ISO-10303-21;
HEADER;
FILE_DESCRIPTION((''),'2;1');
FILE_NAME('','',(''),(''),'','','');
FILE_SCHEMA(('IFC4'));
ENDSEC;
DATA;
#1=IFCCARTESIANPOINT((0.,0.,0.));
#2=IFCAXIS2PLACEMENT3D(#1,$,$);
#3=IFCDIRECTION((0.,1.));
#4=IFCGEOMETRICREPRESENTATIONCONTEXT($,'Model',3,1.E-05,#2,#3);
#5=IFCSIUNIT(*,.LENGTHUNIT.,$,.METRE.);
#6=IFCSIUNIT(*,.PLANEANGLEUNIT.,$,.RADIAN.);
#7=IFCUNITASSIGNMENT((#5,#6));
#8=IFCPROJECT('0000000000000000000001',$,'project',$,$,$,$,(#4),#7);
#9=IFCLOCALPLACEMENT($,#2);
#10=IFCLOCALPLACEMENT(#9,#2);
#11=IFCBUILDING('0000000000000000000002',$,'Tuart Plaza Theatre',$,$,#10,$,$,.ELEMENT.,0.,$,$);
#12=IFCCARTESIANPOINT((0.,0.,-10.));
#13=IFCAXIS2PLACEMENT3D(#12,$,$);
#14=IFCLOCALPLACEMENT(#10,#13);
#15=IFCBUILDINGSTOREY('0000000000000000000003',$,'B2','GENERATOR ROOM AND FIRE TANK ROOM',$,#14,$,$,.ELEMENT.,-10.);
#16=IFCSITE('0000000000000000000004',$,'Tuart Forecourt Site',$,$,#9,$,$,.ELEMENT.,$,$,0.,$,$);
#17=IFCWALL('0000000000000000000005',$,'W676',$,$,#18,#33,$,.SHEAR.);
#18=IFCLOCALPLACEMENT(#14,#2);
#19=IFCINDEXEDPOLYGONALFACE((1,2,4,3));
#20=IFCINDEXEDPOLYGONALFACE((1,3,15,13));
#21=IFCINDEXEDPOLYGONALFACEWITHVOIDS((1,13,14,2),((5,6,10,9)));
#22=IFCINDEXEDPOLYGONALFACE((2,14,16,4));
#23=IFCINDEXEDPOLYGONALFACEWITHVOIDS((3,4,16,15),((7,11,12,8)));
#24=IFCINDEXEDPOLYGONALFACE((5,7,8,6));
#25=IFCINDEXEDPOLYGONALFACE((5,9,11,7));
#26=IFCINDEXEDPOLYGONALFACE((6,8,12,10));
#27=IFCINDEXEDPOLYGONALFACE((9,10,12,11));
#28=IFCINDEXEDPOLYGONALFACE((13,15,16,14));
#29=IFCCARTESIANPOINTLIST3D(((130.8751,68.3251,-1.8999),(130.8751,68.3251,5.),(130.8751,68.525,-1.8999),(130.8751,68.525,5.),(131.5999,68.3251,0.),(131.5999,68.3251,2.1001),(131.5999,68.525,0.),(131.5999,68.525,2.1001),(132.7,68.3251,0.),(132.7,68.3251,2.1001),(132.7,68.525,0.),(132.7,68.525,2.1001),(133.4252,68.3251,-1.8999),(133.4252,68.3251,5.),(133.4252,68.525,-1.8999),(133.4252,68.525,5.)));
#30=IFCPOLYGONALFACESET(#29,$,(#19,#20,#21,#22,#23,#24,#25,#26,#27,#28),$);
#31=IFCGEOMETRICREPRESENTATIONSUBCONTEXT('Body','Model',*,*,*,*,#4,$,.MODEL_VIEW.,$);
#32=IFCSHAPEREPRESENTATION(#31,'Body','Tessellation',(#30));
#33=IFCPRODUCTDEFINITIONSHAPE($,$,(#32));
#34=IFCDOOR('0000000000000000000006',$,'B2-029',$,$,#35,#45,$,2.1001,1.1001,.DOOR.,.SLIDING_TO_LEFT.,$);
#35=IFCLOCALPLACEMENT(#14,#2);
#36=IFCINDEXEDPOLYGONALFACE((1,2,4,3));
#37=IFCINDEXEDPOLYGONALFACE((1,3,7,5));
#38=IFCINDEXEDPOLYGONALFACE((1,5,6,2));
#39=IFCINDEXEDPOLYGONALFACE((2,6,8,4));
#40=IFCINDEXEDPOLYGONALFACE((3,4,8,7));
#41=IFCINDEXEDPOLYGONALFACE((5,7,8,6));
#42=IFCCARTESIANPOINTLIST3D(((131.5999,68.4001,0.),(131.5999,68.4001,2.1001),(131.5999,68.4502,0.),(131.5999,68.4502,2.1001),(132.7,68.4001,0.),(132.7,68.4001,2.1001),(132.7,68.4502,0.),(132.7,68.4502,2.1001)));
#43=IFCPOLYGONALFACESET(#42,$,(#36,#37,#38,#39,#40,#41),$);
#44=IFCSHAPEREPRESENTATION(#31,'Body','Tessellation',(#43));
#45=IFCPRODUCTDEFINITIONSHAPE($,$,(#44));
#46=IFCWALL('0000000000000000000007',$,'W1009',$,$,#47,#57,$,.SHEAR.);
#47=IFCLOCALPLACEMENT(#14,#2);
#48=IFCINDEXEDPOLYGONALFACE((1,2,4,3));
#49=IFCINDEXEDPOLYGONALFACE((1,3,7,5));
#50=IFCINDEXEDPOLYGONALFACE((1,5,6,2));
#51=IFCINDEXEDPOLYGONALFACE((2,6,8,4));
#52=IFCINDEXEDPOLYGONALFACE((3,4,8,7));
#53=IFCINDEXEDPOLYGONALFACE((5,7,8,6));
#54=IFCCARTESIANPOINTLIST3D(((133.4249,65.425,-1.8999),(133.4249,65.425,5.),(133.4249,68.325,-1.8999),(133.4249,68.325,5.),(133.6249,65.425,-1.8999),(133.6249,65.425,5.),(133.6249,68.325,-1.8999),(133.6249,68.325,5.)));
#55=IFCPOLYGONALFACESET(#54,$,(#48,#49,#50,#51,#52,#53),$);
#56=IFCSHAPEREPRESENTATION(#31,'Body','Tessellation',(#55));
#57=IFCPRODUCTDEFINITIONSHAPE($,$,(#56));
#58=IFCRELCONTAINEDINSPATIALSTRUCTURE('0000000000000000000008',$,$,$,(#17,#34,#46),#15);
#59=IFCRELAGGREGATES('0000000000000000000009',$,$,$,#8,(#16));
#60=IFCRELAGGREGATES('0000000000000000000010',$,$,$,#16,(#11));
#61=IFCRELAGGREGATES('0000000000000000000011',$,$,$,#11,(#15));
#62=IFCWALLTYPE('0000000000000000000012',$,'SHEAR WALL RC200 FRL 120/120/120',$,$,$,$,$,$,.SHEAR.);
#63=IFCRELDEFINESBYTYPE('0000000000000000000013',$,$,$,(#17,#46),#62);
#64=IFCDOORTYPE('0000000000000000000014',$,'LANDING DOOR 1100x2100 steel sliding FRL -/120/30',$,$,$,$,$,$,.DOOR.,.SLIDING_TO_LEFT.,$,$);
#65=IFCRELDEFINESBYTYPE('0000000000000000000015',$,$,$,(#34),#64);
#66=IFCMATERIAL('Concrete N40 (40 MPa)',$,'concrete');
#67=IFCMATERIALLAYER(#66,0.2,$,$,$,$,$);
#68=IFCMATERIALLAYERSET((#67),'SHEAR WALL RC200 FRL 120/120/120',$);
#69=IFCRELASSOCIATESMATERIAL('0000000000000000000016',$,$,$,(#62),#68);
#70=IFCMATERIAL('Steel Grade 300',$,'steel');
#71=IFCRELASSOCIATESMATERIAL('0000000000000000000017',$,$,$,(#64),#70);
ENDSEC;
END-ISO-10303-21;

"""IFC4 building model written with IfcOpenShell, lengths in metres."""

from ifc_helpers import new_model, si_unit, direction, frame, frame_2d, origin, place, context, subcontext, project, spatial, rectangle, extrude, material, layer, layer_set, type_object, element, fill, save


model = new_model("IFC4")

# Units and contexts
model_context = context("Model", 3, precision=1e-05, world=origin(), true_north=direction((0.0, 1.0)))
body_context = subcontext(model_context, "Body", "Model", "MODEL_VIEW")
ifc_project = project(units=[si_unit("LENGTHUNIT", "METRE"), si_unit("PLANEANGLEUNIT", "RADIAN")], contexts=[model_context])

# Site, building, storey
site_placement = place(None, origin())
site = spatial("IfcSite", under=ifc_project, at=site_placement, Name="Tuart Forecourt Site", CompositionType="ELEMENT", RefElevation=0.0)
building_placement = place(site_placement, origin())
building = spatial("IfcBuilding", under=site, at=building_placement, Name="Tuart Plaza Theatre", CompositionType="ELEMENT", ElevationOfRefHeight=0.0)
storey_placement = place(building_placement, frame((0.0, 0.0, -10.0)))
storey = spatial("IfcBuildingStorey", under=building, at=storey_placement, Name="B2", Description="GENERATOR ROOM AND FIRE TANK ROOM", CompositionType="ELEMENT", Elevation=-10.0)

# Wall, opening, door
ifc_material_1 = material(Name="Concrete N40 (40 MPa)", Category="concrete")
ifc_layer_1 = layer(ifc_material_1, 0.2)
ifc_layer_set_1 = layer_set([ifc_layer_1], Name="SHEAR WALL RC200 FRL 120/120/120")
wall_type_1 = type_object("IfcWallType", Name="SHEAR WALL RC200 FRL 120/120/120", PredefinedType="SHEAR", material=ifc_layer_set_1)
ifc_material_2 = material(Name="Steel Grade 300", Category="steel")
door_type_1 = type_object("IfcDoorType", Name="LANDING DOOR 1100x2100 steel sliding FRL -/120/30", OperationType="SLIDING_TO_LEFT", PredefinedType="DOOR", material=ifc_material_2)
wall_1_placement = place(storey_placement, frame((133.425, 68.425, -1.8999), z_axis=(0.0, 0.0, 1.0), x_axis=(-1.0, 0.0, 0.0)))
wall_1 = element("IfcWall", 1, at=wall_1_placement, inside=storey, type_object=wall_type_1, Name="W676", PredefinedType="SHEAR", context=body_context, shape_type="SweptSolid", body=[
    extrude(rectangle(XDim=2.55, YDim=0.2, at=frame_2d((1.2749, 0.0))), origin(), (0.0, 0.0, 1.0), 6.8999),
])
opening_1_placement = place(wall_1_placement, frame((0.7251, 0.0, 1.8999)))
opening_1 = element("IfcOpeningElement", 2, at=opening_1_placement, cuts=wall_1, PredefinedType="OPENING", context=body_context, shape_type="SweptSolid", body=[
    extrude(rectangle(XDim=1.1001, YDim=2.1001, at=frame_2d((0.55, 1.05))), frame((0.0, 0.1099, 0.0), z_axis=(0.0, -1.0, 0.0), x_axis=(1.0, 0.0, 0.0)), (0.0, 0.0, 1.0), 0.22),
])
door_1_placement = place(opening_1_placement, origin())
door_1 = element("IfcDoor", 3, at=door_1_placement, inside=storey, type_object=door_type_1, Name="B2-029", OperationType="SLIDING_TO_LEFT", OverallHeight=2.1001, OverallWidth=1.1001, PredefinedType="DOOR", context=body_context, shape_type="SweptSolid", body=[
    extrude(rectangle(XDim=1.1001, YDim=2.1001, at=frame_2d((0.55, 1.05))), frame((0.0, 0.0249, 0.0), z_axis=(0.0, -1.0, 0.0), x_axis=(1.0, 0.0, 0.0)), (0.0, 0.0, 1.0), 0.05),
])
fill(opening_1, door_1)

# Wall
wall_2_placement = place(storey_placement, frame((133.5249, 68.325, -1.8999), z_axis=(0.0, 0.0, 1.0), x_axis=(0.0, -1.0, 0.0)))
element("IfcWall", 4, at=wall_2_placement, inside=storey, type_object=wall_type_1, Name="W1009", PredefinedType="SHEAR", context=body_context, shape_type="SweptSolid", body=[
    extrude(rectangle(XDim=2.8999, YDim=0.2, at=frame_2d((1.45, 0.0))), origin(), (0.0, 0.0, 1.0), 6.8999),
])

save(model, "model.ifc")
